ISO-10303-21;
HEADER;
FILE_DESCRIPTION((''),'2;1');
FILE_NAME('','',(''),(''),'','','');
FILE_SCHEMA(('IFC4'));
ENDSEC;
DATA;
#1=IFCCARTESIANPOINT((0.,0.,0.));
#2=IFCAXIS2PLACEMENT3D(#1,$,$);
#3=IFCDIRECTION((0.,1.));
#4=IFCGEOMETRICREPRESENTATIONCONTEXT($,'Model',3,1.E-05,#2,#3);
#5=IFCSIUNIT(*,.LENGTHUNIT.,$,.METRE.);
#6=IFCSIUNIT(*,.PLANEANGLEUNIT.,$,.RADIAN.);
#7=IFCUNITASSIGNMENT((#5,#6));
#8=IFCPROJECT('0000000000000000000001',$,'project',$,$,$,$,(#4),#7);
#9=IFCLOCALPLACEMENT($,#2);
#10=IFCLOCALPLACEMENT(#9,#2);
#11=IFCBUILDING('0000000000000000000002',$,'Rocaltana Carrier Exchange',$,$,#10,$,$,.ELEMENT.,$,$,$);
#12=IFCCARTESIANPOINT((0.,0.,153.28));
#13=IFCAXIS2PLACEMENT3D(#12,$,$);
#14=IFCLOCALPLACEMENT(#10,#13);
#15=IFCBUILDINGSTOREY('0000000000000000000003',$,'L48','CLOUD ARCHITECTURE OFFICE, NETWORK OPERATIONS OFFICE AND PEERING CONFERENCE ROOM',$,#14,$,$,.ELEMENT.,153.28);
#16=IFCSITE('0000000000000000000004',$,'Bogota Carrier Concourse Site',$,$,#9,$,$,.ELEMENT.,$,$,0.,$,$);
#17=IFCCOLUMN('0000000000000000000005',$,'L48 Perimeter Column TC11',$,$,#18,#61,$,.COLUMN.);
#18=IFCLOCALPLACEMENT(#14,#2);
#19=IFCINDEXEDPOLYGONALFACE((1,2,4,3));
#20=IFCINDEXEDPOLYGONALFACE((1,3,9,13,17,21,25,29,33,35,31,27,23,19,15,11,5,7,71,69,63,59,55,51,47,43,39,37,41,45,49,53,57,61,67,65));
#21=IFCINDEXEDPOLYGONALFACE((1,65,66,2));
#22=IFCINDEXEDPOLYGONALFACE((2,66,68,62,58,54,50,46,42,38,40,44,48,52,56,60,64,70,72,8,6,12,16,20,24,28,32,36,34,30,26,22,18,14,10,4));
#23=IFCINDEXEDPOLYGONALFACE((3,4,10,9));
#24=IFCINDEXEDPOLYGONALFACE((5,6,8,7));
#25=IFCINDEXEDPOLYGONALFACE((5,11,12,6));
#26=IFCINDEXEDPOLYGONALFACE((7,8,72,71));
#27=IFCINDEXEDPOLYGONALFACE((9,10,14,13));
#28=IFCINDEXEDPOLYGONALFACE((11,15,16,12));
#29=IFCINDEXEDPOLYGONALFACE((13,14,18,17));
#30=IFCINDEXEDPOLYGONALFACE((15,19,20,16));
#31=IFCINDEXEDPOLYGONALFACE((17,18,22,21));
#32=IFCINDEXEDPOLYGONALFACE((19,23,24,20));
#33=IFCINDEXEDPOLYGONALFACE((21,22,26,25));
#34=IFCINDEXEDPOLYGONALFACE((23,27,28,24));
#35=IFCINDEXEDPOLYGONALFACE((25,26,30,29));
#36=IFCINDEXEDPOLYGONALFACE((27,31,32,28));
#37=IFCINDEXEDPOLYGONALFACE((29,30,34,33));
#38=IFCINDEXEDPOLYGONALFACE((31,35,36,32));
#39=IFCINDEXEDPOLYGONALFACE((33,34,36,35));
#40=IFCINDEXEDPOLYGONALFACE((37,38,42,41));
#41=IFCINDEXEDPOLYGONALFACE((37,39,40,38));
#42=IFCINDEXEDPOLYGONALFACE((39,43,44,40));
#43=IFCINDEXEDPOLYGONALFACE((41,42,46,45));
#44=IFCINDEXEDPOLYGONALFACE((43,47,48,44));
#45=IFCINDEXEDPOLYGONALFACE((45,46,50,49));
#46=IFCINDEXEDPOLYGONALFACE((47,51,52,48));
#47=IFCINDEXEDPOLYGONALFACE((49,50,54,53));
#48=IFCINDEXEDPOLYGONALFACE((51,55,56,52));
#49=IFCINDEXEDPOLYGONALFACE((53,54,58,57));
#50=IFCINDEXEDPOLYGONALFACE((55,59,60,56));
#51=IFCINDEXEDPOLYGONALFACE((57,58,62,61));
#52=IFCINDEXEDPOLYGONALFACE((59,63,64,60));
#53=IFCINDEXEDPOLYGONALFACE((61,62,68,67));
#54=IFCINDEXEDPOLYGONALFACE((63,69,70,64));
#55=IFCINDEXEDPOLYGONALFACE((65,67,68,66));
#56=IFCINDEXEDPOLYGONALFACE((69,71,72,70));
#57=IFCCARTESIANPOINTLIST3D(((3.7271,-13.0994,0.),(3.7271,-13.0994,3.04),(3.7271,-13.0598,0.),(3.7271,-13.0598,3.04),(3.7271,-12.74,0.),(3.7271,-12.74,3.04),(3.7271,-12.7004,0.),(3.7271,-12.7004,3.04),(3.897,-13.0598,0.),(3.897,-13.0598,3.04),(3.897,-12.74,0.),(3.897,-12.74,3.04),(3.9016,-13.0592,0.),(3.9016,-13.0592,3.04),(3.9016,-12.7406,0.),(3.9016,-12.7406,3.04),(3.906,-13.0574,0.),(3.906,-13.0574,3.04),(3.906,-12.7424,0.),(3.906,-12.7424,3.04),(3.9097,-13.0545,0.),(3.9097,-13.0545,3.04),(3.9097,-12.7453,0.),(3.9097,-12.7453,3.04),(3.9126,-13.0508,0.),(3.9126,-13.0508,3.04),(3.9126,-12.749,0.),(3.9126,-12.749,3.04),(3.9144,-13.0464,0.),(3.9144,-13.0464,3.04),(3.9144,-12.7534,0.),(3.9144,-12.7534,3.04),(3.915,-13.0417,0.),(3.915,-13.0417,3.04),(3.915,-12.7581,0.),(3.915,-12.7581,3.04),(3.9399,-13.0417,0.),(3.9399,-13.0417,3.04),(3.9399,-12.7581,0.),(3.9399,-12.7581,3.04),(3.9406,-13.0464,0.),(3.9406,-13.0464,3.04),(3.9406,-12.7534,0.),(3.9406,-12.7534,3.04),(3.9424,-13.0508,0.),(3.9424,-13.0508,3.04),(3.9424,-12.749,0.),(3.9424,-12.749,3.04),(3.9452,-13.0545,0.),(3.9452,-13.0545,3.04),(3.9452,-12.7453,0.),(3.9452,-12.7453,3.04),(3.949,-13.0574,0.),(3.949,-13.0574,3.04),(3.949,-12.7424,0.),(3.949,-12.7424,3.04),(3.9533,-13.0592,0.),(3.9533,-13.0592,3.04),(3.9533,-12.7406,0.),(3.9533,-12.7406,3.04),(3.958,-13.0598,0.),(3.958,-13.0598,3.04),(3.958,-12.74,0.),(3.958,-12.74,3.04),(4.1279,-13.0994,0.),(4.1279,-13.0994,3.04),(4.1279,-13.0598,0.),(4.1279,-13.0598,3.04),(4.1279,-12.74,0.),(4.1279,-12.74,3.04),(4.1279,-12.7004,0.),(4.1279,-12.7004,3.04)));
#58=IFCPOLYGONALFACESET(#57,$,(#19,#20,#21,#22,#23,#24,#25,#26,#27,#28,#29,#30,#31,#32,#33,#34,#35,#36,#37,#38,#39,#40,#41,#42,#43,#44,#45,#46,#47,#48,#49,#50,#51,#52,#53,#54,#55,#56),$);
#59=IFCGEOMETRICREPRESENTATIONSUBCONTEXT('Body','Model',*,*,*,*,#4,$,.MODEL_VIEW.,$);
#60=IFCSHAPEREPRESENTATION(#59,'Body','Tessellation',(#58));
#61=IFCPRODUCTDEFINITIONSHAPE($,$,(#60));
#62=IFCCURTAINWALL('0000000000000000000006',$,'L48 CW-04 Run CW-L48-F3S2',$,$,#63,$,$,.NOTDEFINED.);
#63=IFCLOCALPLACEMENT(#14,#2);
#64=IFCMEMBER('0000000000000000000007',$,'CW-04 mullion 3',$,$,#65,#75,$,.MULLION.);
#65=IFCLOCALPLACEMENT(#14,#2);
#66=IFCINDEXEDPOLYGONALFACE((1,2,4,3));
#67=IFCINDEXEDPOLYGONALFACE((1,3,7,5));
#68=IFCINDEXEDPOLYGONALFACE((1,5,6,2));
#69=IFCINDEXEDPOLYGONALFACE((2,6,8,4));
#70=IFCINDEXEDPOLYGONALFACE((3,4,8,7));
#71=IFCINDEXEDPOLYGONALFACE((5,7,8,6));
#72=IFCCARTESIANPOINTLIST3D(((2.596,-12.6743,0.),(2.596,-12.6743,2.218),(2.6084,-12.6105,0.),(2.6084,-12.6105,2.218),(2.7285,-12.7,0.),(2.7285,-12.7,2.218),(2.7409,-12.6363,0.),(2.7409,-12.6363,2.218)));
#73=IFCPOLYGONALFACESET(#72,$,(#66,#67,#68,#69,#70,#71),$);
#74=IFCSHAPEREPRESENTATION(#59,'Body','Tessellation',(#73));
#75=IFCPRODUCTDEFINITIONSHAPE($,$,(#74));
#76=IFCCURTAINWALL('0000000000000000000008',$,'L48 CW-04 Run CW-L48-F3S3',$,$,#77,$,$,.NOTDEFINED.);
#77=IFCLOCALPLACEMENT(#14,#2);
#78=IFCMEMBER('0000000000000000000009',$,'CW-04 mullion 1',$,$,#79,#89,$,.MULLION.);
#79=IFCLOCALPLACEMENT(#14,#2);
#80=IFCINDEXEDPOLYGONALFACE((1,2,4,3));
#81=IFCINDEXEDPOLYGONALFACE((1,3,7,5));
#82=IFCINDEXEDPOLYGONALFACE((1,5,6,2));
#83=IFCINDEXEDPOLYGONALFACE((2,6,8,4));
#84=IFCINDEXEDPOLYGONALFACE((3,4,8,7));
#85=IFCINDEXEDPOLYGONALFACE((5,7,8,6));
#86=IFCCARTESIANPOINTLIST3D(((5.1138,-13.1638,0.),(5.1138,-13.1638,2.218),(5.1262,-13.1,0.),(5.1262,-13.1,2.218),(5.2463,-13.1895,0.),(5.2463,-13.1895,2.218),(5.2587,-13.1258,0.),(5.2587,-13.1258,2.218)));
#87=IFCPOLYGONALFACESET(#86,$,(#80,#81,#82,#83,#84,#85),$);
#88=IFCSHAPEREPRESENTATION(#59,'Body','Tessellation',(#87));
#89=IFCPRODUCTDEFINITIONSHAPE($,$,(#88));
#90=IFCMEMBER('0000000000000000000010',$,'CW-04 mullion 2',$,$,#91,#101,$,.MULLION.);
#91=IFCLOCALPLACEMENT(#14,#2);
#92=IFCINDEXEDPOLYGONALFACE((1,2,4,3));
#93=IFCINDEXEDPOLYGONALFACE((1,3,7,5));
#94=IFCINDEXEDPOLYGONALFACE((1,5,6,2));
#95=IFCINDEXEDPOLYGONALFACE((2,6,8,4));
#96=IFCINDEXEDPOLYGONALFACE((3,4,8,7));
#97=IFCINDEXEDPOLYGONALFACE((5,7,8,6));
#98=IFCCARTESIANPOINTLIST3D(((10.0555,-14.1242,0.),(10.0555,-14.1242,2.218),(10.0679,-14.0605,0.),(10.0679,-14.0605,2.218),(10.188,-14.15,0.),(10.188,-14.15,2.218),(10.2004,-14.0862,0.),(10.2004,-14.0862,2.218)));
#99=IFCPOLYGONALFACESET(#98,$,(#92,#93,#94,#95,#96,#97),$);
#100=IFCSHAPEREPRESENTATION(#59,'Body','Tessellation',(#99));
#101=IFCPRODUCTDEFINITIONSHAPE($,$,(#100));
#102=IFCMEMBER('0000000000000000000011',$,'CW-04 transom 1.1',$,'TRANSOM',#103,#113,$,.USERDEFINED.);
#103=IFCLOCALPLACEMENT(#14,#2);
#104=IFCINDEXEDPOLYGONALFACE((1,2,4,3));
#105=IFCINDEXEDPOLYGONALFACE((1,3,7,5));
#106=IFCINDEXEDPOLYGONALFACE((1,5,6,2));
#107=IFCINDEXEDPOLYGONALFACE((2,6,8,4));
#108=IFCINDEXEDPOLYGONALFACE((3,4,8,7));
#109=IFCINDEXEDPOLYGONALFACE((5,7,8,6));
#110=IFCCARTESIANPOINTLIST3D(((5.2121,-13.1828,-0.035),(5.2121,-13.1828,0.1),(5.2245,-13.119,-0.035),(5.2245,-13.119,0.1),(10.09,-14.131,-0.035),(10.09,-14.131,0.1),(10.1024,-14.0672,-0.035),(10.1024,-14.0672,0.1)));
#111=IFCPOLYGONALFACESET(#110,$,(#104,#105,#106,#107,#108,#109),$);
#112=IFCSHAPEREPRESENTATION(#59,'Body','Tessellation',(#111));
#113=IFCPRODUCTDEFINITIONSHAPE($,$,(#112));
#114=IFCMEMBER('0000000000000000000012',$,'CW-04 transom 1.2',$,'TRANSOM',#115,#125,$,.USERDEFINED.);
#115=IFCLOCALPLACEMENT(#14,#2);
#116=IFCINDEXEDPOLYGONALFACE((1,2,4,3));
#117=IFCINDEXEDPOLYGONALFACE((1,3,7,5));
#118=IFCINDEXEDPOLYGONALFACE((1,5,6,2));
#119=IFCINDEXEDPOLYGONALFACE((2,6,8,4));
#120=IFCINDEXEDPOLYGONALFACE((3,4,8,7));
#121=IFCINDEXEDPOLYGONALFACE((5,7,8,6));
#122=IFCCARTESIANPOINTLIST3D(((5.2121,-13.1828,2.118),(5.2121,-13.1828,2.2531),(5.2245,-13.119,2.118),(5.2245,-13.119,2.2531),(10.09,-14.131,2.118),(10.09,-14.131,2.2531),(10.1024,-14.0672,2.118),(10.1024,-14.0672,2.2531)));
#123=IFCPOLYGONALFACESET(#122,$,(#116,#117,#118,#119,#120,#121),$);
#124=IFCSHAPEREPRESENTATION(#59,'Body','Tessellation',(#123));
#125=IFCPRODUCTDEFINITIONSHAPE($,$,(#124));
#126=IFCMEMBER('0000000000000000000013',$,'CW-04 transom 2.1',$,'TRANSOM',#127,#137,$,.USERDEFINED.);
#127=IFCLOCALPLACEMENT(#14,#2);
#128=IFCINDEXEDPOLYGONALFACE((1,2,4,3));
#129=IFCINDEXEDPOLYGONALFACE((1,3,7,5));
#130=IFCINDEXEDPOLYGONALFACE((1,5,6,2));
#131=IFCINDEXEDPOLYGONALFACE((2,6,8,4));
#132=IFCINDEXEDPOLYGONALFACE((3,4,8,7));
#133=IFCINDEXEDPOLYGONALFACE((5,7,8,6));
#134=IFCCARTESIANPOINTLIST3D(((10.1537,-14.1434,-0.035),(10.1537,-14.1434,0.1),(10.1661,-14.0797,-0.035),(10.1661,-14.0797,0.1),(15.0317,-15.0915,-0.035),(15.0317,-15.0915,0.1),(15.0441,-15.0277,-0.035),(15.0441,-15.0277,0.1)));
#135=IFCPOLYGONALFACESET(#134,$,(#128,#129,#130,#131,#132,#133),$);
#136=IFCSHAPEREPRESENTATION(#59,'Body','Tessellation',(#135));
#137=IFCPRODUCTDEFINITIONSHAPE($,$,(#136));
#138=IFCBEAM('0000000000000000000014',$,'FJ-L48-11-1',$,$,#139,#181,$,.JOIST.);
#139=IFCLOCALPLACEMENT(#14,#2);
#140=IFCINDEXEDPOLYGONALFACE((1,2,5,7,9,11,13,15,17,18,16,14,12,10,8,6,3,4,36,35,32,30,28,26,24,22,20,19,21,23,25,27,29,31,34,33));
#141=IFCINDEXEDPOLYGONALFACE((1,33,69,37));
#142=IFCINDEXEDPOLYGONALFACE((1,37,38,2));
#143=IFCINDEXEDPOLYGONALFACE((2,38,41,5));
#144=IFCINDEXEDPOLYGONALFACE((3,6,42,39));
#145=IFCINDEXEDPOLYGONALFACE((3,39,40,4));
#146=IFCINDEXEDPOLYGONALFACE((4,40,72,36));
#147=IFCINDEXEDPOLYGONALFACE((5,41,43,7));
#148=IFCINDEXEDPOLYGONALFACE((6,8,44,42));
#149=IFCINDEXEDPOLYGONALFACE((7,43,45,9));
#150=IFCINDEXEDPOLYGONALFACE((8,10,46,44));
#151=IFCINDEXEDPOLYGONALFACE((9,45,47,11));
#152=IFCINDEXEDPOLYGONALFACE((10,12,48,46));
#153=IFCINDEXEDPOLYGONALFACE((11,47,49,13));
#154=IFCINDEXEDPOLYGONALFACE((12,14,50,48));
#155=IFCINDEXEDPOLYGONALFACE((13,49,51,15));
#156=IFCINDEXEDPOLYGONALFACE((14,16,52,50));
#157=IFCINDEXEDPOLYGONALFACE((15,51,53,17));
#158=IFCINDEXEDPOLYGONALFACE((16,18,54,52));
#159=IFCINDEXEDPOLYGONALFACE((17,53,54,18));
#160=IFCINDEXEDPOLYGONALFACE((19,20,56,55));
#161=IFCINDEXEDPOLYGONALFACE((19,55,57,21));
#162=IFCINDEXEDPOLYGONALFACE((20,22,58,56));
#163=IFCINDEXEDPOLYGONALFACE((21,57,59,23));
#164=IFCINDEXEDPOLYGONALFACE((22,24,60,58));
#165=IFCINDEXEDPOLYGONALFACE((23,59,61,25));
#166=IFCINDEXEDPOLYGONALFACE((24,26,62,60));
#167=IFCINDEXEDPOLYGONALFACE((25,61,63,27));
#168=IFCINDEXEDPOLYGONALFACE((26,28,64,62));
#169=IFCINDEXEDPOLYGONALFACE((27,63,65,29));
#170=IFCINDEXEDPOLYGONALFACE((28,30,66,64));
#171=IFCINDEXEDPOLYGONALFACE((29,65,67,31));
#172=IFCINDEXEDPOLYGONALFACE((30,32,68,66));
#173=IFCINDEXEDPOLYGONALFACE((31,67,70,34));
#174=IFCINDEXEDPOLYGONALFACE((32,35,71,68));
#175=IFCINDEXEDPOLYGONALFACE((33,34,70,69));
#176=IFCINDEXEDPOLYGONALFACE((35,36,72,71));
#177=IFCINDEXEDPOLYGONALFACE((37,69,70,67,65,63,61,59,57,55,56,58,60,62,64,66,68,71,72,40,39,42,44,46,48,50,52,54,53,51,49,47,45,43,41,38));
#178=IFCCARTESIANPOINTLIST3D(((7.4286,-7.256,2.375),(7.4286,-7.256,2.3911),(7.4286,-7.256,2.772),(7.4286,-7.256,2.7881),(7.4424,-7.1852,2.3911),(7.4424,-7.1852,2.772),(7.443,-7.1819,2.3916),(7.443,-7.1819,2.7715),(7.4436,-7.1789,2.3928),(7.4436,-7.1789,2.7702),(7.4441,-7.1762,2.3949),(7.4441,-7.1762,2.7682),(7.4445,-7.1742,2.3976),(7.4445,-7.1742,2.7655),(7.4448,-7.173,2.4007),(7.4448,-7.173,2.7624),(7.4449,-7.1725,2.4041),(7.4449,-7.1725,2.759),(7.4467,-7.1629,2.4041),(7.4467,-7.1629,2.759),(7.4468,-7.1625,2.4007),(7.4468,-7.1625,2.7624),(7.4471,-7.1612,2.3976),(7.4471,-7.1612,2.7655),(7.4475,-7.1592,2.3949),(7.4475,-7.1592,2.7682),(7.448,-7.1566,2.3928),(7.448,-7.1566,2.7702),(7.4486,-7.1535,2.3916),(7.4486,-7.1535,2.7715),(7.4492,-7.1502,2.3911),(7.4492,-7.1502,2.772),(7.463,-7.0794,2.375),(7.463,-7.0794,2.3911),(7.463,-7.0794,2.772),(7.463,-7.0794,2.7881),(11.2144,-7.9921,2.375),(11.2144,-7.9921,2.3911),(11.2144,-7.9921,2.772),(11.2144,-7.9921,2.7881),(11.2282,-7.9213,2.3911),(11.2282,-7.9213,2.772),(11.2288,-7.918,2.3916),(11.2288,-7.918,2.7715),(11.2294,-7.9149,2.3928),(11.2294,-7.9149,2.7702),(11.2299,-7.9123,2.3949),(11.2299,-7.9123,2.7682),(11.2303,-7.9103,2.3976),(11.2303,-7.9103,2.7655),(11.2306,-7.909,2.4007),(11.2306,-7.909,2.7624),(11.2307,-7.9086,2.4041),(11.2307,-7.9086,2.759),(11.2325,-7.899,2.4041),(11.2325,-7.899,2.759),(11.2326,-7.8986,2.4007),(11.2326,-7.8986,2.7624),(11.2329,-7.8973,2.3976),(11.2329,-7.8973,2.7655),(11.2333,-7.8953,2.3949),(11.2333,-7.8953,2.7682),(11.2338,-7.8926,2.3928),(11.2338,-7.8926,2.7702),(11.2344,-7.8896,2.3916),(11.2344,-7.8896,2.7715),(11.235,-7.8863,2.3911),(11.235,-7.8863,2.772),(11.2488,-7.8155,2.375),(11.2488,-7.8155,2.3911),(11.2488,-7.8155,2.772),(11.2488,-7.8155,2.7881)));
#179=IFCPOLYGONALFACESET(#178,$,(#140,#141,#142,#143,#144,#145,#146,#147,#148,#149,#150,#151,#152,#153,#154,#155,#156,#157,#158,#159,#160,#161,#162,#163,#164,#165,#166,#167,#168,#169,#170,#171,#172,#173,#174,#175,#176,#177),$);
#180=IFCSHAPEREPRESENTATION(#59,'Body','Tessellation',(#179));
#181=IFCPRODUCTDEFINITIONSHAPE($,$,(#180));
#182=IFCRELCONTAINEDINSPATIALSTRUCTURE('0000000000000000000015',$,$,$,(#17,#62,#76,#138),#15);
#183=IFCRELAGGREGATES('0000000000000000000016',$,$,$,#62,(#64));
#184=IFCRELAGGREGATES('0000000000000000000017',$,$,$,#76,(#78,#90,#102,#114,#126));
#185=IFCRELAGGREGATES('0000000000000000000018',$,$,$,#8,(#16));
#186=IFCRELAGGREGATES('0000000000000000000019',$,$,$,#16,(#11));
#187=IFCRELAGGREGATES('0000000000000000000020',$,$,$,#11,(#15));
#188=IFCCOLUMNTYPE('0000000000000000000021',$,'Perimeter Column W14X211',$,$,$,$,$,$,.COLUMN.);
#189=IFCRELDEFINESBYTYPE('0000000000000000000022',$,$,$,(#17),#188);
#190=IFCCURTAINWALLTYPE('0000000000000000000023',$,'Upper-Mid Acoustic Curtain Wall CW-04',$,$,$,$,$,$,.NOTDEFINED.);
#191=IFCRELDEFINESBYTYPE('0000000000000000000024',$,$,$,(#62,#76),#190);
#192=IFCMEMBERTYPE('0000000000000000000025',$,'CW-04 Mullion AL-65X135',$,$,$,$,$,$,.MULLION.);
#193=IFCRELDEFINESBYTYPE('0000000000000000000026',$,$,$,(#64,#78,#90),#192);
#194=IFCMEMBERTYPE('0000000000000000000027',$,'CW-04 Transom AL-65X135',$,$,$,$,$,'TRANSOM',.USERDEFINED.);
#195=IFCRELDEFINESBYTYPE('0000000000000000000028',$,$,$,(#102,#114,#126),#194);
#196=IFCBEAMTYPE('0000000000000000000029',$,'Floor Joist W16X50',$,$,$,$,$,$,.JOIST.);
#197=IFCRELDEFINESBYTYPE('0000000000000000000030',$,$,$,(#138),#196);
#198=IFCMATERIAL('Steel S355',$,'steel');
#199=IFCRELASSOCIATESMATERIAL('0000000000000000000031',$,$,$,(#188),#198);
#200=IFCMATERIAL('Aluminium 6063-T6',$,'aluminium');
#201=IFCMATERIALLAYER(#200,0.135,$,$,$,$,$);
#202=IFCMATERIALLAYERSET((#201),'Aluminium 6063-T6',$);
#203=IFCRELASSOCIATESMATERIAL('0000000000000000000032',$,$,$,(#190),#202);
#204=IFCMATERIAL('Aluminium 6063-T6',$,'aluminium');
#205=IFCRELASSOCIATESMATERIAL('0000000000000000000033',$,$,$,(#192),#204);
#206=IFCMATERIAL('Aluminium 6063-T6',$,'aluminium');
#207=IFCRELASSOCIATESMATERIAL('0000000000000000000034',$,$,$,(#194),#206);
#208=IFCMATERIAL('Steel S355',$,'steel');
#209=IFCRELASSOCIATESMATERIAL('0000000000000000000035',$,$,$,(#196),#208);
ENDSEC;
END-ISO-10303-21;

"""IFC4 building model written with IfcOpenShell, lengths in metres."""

from ifc_helpers import new_model, si_unit, direction, frame, origin, origin_2d, place, context, subcontext, project, spatial, rectangle, i_section, extrude, material, layer, layer_set, material_profile, profile_set, type_object, element, aggregate, save


model = new_model("IFC4")

# Units and contexts
model_context = context("Model", 3, precision=1e-05, world=origin(), true_north=direction((0.0, 1.0)))
body_context = subcontext(model_context, "Body", "Model", "MODEL_VIEW")
ifc_project = project(units=[si_unit("LENGTHUNIT", "METRE"), si_unit("PLANEANGLEUNIT", "RADIAN")], contexts=[model_context])

# Site, building, storey
site_placement = place(None, origin())
site = spatial("IfcSite", under=ifc_project, at=site_placement, Name="Bogota Carrier Concourse Site", CompositionType="ELEMENT", RefElevation=0.0)
building_placement = place(site_placement, origin())
building = spatial("IfcBuilding", under=site, at=building_placement, Name="Rocaltana Carrier Exchange", CompositionType="ELEMENT")
storey_placement = place(building_placement, frame((0.0, 0.0, 153.28)))
storey = spatial("IfcBuildingStorey", under=building, at=storey_placement, Name="L48", Description="CLOUD ARCHITECTURE OFFICE, NETWORK OPERATIONS OFFICE AND PEERING CONFERENCE ROOM", CompositionType="ELEMENT", Elevation=153.28)

# Column
ifc_material_1 = material(Name="Steel S355", Category="steel")
ifc_material_profile_1 = material_profile(ifc_material_1, i_section(OverallWidth=0.4009, OverallDepth=0.3989, WebThickness=0.0249, FlangeThickness=0.0396, FilletRadius=0.0181, at=origin_2d()), Name="W14X211")
ifc_profile_set_1 = profile_set([ifc_material_profile_1], Name="Steel S355")
column_type = type_object("IfcColumnType", Name="Perimeter Column W14X211", PredefinedType="COLUMN", material=ifc_profile_set_1)
column_placement = place(storey_placement, frame((3.9275, -12.8999, 0.0), z_axis=(0.0, 0.0, 1.0), x_axis=(1.0, 0.0, 0.0)))
element("IfcColumn", 1, at=column_placement, inside=storey, type_object=column_type, Name="L48 Perimeter Column TC11", PredefinedType="COLUMN", context=body_context, shape_type="SweptSolid", body=[
    extrude(i_section(OverallWidth=0.4009, OverallDepth=0.3989, WebThickness=0.0249, FlangeThickness=0.0396, FilletRadius=0.0181, at=origin_2d()), origin(), (0.0, 0.0, 1.0), 3.04),
])

# Curtain wall, member
ifc_material_2 = material(Name="Aluminium 6063-T6", Category="aluminium")
ifc_layer_1 = layer(ifc_material_2, 0.135)
ifc_layer_set_1 = layer_set([ifc_layer_1], Name="Aluminium 6063-T6")
curtain_wall_type = type_object("IfcCurtainWallType", Name="Upper-Mid Acoustic Curtain Wall CW-04", PredefinedType="NOTDEFINED", material=ifc_layer_set_1)
curtain_wall_1_placement = place(storey_placement, origin())
curtain_wall_1 = element("IfcCurtainWall", 2, at=curtain_wall_1_placement, inside=storey, type_object=curtain_wall_type, Name="L48 CW-04 Run CW-L48-F3S2", PredefinedType="NOTDEFINED")
ifc_material_3 = material(Name="Aluminium 6063-T6", Category="aluminium")
ifc_material_profile_2 = material_profile(ifc_material_3, rectangle(XDim=0.0649, YDim=0.135, at=origin_2d()), Name="AL-65X135")
ifc_profile_set_2 = profile_set([ifc_material_profile_2], Name="Aluminium 6063-T6")
member_type_1 = type_object("IfcMemberType", Name="CW-04 Mullion AL-65X135", PredefinedType="MULLION", material=ifc_profile_set_2)
member_1_placement = place(storey_placement, frame((2.6685, -12.6553, 0.0), z_axis=(0.0, 0.0, 1.0), x_axis=(0.190815, 0.981626, 0.0)))
member_1 = element("IfcMember", 3, at=member_1_placement, type_object=member_type_1, Name="CW-04 mullion 3", PredefinedType="MULLION", context=body_context, shape_type="SweptSolid", body=[
    extrude(rectangle(XDim=0.0649, YDim=0.135, at=origin_2d()), origin(), (0.0, 0.0, 1.0), 2.218),
])
aggregate(curtain_wall_1, [member_1])

# Curtain wall, members
curtain_wall_2_placement = place(storey_placement, origin())
curtain_wall_2 = element("IfcCurtainWall", 4, at=curtain_wall_2_placement, inside=storey, type_object=curtain_wall_type, Name="L48 CW-04 Run CW-L48-F3S3", PredefinedType="NOTDEFINED")
member_2_placement = place(storey_placement, frame((5.1863, -13.1448, 0.0), z_axis=(0.0, 0.0, 1.0), x_axis=(0.190805, 0.981628, 0.0)))
member_2 = element("IfcMember", 5, at=member_2_placement, type_object=member_type_1, Name="CW-04 mullion 1", PredefinedType="MULLION", context=body_context, shape_type="SweptSolid", body=[
    extrude(rectangle(XDim=0.0649, YDim=0.135, at=origin_2d()), origin(), (0.0, 0.0, 1.0), 2.218),
])
member_3_placement = place(storey_placement, frame((10.1279, -14.1052, 0.0), z_axis=(0.0, 0.0, 1.0), x_axis=(0.190805, 0.981628, 0.0)))
member_3 = element("IfcMember", 6, at=member_3_placement, type_object=member_type_1, Name="CW-04 mullion 2", PredefinedType="MULLION", context=body_context, shape_type="SweptSolid", body=[
    extrude(rectangle(XDim=0.0649, YDim=0.135, at=origin_2d()), origin(), (0.0, 0.0, 1.0), 2.218),
])
ifc_material_4 = material(Name="Aluminium 6063-T6", Category="aluminium")
ifc_material_profile_3 = material_profile(ifc_material_4, rectangle(XDim=0.0649, YDim=0.135, at=origin_2d()), Name="AL-65X135")
ifc_profile_set_3 = profile_set([ifc_material_profile_3], Name="Aluminium 6063-T6")
member_type_2 = type_object("IfcMemberType", Name="CW-04 Transom AL-65X135", ElementType="TRANSOM", PredefinedType="USERDEFINED", material=ifc_profile_set_3)
member_4_placement = place(storey_placement, frame((5.2183, -13.1509, 0.0325), z_axis=(0.981625, -0.190822, 0.0), x_axis=(0.190822, 0.981625, 0.0)))
member_4 = element("IfcMember", 7, at=member_4_placement, type_object=member_type_2, Name="CW-04 transom 1.1", ObjectType="TRANSOM", PredefinedType="USERDEFINED", context=body_context, shape_type="SweptSolid", body=[
    extrude(rectangle(XDim=0.0649, YDim=0.135, at=origin_2d()), origin(), (0.0, 0.0, 1.0), 4.9692),
])
member_5_placement = place(storey_placement, frame((5.2183, -13.1509, 2.1855), z_axis=(0.981625, -0.190822, 0.0), x_axis=(0.190822, 0.981625, 0.0)))
member_5 = element("IfcMember", 8, at=member_5_placement, type_object=member_type_2, Name="CW-04 transom 1.2", ObjectType="TRANSOM", PredefinedType="USERDEFINED", context=body_context, shape_type="SweptSolid", body=[
    extrude(rectangle(XDim=0.0649, YDim=0.135, at=origin_2d()), origin(), (0.0, 0.0, 1.0), 4.9692),
])
member_6_placement = place(storey_placement, frame((10.1599, -14.1116, 0.0325), z_axis=(0.981634, -0.190775, 0.0), x_axis=(0.190775, 0.981634, 0.0)))
member_6 = element("IfcMember", 9, at=member_6_placement, type_object=member_type_2, Name="CW-04 transom 2.1", ObjectType="TRANSOM", PredefinedType="USERDEFINED", context=body_context, shape_type="SweptSolid", body=[
    extrude(rectangle(XDim=0.0649, YDim=0.135, at=origin_2d()), origin(), (0.0, 0.0, 1.0), 4.9692),
])

# Beam
ifc_material_5 = material(Name="Steel S355", Category="steel")
ifc_material_profile_4 = material_profile(ifc_material_5, i_section(OverallWidth=0.1799, OverallDepth=0.4131, WebThickness=0.0098, FlangeThickness=0.0161, FilletRadius=0.0129, at=origin_2d()), Name="W16X50")
ifc_profile_set_4 = profile_set([ifc_material_profile_4], Name="Steel S355")
beam_type_1 = type_object("IfcBeamType", Name="Floor Joist W16X50", PredefinedType="JOIST", material=ifc_profile_set_4)
beam_1_placement = place(storey_placement, frame((7.4458, -7.1677, 2.5815), z_axis=(0.981618, -0.190854, 0.0), x_axis=(0.190854, 0.981618, 0.0)))
element("IfcBeam", 10, at=beam_1_placement, inside=storey, type_object=beam_type_1, Name="FJ-L48-11-1", PredefinedType="JOIST", context=body_context, shape_type="SweptSolid", body=[
    extrude(i_section(OverallWidth=0.1799, OverallDepth=0.4131, WebThickness=0.0098, FlangeThickness=0.0161, FilletRadius=0.0129, at=origin_2d()), origin(), (0.0, 0.0, 1.0), 3.8567),
])

aggregate(curtain_wall_2, [member_2, member_3, member_4, member_5, member_6])

save(model, "model.ifc")
